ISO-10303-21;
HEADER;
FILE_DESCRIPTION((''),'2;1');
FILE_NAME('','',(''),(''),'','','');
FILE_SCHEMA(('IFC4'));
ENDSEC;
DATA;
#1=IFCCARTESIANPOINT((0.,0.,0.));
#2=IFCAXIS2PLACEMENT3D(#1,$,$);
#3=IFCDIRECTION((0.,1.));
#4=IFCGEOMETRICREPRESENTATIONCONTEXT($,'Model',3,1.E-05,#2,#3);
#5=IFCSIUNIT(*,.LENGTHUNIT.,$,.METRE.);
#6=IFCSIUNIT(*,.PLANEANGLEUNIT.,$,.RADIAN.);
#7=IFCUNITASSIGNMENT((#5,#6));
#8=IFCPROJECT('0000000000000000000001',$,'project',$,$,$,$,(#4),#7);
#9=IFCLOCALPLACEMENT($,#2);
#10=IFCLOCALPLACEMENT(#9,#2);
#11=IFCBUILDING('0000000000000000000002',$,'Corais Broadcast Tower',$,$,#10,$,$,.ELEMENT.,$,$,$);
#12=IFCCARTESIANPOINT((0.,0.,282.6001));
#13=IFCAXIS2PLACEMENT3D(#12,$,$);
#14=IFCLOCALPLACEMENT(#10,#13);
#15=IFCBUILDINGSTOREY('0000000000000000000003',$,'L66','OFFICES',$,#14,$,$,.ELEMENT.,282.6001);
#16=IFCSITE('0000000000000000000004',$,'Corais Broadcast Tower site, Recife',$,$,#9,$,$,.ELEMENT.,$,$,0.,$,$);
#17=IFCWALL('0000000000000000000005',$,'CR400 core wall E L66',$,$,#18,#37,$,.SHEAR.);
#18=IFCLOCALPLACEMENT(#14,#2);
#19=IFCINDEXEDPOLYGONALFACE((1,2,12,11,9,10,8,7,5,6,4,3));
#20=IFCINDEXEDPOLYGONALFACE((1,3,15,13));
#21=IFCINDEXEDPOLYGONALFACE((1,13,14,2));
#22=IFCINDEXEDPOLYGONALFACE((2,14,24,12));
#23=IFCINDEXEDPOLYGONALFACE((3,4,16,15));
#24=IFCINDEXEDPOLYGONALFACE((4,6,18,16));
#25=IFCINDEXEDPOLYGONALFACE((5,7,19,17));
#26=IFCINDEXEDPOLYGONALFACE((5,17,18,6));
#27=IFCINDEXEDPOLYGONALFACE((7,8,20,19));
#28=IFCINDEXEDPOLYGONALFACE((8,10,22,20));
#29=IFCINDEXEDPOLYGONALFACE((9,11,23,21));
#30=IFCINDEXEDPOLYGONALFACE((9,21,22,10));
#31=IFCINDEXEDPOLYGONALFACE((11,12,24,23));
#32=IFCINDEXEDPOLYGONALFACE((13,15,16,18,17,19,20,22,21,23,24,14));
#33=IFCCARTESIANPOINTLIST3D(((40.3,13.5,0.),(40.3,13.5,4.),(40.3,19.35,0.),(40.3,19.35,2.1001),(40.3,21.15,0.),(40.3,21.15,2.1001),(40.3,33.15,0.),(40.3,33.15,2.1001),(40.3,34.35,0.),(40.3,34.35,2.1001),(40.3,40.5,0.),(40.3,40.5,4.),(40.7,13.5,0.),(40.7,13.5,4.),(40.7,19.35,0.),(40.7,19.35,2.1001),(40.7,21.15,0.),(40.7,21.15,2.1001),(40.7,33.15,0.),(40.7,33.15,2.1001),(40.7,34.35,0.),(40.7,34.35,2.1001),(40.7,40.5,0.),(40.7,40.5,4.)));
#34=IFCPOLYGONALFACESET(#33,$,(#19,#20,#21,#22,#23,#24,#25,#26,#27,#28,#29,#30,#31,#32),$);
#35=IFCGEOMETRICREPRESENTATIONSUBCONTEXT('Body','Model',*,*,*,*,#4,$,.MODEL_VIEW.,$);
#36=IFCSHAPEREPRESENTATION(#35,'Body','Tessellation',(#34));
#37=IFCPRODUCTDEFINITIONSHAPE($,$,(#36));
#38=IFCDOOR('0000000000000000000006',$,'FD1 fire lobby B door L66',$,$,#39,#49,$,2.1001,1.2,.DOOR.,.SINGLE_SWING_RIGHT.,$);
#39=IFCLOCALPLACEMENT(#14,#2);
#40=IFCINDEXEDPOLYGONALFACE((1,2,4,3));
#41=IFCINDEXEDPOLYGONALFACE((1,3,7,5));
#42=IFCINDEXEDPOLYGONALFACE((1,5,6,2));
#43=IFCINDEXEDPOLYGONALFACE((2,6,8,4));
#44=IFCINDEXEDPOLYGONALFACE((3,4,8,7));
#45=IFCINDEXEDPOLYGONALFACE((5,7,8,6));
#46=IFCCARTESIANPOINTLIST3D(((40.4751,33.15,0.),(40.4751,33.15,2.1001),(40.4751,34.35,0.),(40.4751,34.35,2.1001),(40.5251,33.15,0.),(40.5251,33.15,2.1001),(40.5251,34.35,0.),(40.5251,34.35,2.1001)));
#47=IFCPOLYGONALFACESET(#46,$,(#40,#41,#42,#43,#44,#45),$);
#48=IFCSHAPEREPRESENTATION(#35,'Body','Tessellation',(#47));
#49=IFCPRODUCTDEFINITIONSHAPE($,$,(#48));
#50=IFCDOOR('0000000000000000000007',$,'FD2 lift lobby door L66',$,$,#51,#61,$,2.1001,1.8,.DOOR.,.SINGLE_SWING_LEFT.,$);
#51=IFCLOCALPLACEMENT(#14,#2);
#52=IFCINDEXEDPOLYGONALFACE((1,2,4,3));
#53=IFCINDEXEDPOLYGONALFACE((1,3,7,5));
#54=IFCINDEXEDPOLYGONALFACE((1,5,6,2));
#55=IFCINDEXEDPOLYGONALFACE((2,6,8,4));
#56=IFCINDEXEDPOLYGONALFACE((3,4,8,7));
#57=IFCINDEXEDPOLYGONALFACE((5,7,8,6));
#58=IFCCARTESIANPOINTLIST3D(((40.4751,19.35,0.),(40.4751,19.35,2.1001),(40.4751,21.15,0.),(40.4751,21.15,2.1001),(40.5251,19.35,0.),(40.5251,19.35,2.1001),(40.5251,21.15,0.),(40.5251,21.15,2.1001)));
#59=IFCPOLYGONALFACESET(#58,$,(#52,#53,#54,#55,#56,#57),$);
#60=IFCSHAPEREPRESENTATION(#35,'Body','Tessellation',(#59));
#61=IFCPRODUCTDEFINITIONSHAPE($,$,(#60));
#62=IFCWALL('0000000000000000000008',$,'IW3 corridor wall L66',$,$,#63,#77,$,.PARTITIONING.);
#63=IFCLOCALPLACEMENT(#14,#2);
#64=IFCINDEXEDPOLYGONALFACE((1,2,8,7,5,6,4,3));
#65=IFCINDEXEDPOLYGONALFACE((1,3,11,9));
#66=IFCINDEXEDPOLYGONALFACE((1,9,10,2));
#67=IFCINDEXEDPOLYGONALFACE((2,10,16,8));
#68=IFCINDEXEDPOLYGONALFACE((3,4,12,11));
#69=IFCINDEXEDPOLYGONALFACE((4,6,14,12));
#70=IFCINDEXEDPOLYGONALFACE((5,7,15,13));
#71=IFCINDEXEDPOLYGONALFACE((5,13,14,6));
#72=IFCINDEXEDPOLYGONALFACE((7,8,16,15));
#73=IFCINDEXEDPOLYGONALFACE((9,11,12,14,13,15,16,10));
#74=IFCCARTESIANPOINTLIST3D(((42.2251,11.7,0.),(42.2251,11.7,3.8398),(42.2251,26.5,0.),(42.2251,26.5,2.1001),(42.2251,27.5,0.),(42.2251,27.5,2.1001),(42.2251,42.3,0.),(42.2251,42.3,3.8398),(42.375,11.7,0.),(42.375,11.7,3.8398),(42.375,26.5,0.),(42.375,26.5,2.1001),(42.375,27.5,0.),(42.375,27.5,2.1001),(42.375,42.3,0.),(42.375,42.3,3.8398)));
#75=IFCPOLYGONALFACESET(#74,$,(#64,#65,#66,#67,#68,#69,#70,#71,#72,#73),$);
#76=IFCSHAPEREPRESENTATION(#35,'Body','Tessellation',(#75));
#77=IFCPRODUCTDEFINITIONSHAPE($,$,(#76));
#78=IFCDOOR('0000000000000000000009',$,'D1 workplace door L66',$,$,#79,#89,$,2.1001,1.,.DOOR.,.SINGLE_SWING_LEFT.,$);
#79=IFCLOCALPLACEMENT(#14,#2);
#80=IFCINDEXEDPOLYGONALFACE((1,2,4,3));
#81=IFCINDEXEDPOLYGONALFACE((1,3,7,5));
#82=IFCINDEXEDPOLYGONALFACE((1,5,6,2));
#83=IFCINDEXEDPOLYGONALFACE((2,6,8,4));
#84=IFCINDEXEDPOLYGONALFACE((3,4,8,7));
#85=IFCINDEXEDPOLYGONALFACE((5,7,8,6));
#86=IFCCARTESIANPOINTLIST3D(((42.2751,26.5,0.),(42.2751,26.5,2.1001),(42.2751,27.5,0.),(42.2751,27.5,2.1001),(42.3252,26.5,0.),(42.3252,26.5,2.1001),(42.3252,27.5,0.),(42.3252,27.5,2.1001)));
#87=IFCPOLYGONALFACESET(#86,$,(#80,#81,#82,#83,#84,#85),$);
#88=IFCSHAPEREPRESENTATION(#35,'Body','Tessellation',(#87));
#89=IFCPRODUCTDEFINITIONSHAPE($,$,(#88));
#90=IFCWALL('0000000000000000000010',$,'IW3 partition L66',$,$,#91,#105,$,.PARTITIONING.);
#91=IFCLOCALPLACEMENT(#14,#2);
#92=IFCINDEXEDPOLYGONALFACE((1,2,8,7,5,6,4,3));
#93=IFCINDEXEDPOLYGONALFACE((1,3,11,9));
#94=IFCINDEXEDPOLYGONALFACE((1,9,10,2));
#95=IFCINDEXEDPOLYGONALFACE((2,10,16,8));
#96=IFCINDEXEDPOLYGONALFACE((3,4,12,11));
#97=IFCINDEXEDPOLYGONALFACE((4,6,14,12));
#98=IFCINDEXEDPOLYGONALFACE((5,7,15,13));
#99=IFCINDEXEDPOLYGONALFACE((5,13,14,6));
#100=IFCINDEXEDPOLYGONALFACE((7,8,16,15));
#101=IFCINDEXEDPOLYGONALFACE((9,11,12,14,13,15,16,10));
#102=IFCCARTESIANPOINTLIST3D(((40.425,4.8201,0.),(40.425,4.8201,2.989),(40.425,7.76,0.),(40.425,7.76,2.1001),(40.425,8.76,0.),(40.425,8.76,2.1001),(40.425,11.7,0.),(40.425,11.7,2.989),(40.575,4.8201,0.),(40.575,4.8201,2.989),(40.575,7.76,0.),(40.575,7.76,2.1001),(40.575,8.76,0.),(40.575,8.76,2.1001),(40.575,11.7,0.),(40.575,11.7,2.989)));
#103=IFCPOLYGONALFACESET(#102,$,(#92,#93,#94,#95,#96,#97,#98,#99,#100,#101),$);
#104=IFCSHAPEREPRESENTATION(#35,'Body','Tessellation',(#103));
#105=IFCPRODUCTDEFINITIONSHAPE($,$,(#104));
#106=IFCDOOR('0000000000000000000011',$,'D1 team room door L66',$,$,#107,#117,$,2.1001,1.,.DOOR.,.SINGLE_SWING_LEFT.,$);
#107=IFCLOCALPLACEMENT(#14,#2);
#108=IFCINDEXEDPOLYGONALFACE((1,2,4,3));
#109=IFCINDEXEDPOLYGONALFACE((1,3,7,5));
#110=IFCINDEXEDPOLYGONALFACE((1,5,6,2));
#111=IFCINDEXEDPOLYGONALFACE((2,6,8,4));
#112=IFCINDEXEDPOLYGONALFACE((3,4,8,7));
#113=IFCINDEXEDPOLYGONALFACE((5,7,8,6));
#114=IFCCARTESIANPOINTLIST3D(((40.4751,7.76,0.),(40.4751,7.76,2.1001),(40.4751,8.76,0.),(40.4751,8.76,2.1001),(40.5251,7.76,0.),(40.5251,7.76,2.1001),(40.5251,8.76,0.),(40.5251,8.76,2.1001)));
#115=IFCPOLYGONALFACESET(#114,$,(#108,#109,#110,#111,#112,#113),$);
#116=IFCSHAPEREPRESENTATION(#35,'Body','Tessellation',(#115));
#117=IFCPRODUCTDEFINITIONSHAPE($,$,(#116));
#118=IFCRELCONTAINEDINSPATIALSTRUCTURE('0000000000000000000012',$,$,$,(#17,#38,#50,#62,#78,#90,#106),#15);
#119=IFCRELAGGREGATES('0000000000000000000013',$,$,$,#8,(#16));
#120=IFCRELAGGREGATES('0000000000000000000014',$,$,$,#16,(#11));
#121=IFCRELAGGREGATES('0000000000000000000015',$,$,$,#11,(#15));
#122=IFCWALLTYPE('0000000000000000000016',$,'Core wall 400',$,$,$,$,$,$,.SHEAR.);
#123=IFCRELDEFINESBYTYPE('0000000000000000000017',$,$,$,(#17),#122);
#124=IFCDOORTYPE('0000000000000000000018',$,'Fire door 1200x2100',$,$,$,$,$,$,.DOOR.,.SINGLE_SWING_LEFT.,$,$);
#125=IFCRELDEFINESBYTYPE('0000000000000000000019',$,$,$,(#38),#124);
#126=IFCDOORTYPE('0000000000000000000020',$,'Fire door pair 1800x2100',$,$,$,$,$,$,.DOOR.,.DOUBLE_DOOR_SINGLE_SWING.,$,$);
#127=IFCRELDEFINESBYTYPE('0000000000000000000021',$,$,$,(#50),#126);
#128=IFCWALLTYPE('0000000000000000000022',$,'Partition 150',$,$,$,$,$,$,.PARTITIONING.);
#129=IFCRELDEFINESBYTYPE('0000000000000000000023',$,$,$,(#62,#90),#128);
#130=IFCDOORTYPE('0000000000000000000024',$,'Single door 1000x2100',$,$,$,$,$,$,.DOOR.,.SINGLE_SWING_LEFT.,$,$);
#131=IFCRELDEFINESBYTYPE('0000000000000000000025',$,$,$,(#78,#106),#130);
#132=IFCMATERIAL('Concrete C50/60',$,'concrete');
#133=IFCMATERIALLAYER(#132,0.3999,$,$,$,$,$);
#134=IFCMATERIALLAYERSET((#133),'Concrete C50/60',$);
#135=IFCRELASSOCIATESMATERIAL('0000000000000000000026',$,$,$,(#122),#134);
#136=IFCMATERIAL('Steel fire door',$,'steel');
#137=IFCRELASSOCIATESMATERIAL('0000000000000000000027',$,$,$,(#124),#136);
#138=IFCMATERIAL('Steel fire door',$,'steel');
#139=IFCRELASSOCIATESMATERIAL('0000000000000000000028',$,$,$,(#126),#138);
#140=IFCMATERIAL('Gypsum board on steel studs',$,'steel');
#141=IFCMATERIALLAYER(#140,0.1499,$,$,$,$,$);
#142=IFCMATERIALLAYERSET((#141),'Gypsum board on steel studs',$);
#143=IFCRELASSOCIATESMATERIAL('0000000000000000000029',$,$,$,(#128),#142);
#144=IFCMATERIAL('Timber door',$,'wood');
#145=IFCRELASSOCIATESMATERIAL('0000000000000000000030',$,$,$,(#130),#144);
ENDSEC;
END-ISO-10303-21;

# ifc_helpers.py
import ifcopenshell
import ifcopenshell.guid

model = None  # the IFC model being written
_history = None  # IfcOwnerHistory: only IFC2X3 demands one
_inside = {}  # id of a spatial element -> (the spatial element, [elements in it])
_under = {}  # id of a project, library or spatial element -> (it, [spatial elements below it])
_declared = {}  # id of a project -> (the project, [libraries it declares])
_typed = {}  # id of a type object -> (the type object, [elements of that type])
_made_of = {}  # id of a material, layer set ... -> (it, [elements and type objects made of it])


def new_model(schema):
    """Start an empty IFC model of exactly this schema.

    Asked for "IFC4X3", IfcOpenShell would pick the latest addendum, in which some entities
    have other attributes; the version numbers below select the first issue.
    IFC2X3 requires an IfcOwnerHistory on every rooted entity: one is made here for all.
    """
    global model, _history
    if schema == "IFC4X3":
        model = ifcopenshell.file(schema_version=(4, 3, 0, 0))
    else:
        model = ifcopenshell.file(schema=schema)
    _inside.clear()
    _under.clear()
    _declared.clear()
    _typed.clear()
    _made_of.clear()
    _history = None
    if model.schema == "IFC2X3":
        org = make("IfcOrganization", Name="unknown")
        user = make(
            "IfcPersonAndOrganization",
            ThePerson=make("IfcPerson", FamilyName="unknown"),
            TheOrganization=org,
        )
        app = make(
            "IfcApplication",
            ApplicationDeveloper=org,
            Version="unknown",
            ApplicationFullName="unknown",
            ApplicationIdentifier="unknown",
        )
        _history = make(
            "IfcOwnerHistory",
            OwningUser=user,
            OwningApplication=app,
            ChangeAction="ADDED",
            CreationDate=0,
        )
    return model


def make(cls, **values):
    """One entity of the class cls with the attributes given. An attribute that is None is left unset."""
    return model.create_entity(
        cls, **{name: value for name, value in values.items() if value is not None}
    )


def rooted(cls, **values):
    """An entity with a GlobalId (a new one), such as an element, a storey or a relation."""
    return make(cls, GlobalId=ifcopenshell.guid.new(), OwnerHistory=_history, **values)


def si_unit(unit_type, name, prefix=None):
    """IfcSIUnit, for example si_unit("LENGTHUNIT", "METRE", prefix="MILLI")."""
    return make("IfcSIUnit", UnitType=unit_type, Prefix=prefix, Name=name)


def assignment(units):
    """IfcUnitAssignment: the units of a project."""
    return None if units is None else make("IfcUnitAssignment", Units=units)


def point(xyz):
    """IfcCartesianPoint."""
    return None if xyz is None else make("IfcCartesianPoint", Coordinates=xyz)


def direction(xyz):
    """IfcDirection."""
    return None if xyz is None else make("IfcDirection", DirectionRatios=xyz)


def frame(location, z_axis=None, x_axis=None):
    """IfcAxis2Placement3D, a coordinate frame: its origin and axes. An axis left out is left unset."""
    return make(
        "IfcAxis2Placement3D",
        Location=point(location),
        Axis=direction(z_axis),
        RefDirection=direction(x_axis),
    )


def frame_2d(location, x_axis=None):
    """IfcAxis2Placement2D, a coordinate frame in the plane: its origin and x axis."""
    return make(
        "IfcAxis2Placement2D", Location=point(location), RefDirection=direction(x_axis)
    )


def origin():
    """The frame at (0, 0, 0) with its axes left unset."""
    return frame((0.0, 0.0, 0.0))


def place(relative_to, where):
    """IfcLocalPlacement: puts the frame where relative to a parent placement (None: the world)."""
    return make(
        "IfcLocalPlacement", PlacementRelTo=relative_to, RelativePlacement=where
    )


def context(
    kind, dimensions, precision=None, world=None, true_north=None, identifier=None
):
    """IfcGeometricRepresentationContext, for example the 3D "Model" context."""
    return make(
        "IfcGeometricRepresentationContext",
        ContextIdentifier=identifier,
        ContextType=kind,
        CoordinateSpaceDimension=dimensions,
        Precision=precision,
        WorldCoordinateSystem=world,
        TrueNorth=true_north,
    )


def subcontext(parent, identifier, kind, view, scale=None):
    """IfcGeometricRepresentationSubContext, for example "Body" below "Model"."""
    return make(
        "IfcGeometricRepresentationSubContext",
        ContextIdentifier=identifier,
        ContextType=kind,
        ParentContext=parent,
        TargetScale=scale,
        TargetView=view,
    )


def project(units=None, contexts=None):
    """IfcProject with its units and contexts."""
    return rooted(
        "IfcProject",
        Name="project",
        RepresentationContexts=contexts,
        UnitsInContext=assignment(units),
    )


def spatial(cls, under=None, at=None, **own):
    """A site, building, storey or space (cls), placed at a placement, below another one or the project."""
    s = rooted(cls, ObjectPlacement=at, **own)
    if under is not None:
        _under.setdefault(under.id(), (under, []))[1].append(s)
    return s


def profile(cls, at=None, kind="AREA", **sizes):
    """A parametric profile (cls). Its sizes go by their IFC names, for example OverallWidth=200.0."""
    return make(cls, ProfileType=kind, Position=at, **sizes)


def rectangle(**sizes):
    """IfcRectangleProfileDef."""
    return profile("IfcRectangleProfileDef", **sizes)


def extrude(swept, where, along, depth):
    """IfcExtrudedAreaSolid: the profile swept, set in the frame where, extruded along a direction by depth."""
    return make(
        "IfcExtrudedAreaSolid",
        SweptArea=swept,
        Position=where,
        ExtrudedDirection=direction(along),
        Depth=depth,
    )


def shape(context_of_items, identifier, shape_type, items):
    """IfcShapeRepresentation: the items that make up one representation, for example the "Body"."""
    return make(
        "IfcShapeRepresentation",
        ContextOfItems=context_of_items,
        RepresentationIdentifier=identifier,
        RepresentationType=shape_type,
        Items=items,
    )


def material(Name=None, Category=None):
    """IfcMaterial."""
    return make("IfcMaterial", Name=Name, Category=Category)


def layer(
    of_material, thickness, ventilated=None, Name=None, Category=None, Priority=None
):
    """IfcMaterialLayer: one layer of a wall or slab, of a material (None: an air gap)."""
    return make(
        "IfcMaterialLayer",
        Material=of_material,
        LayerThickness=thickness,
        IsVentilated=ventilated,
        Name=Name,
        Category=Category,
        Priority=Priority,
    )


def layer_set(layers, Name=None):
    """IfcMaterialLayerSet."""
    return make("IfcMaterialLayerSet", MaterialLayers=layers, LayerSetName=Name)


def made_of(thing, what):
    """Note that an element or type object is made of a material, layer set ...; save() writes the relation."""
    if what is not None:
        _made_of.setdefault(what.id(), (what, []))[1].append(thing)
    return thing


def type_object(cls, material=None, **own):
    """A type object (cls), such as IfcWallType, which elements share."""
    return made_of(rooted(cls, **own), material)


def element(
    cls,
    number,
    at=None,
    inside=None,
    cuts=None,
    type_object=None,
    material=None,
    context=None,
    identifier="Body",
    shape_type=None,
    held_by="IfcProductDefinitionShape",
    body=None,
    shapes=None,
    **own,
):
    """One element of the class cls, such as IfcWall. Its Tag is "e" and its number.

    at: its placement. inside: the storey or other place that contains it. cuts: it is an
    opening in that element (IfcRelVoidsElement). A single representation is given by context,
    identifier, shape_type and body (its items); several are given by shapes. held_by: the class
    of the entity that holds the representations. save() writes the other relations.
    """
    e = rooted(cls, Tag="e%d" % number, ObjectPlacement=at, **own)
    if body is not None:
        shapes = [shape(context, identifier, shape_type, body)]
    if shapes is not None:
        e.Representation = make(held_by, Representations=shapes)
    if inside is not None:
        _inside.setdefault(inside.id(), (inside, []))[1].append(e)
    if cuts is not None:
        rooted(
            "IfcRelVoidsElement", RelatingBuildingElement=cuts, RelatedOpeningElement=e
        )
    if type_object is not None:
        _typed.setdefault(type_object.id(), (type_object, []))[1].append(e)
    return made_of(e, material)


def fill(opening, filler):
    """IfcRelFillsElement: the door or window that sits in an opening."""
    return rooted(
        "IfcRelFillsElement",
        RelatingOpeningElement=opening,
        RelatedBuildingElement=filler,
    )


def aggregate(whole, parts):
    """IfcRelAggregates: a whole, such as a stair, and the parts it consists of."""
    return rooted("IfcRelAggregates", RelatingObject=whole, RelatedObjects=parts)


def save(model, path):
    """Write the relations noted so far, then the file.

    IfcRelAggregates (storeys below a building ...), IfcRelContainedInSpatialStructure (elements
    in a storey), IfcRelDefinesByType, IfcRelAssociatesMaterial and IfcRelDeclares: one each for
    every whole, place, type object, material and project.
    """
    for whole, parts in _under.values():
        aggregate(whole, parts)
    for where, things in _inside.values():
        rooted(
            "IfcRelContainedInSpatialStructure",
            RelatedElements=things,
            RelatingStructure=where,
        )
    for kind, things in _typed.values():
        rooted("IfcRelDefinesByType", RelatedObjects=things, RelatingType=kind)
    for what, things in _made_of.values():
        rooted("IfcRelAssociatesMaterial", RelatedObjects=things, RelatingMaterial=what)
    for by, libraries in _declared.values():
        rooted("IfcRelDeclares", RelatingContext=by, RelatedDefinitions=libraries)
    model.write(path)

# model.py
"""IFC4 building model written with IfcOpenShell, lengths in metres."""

from ifc_helpers import new_model, si_unit, direction, frame, frame_2d, origin, place, context, subcontext, project, spatial, rectangle, extrude, material, layer, layer_set, type_object, element, fill, save


model = new_model("IFC4")

# Units and contexts
model_context = context("Model", 3, precision=1e-05, world=origin(), true_north=direction((0.0, 1.0)))
body_context = subcontext(model_context, "Body", "Model", "MODEL_VIEW")
ifc_project = project(units=[si_unit("LENGTHUNIT", "METRE"), si_unit("PLANEANGLEUNIT", "RADIAN")], contexts=[model_context])

# Site, building, storey
site_placement = place(None, origin())
site = spatial("IfcSite", under=ifc_project, at=site_placement, Name="Corais Broadcast Tower site, Recife", CompositionType="ELEMENT", RefElevation=0.0)
building_placement = place(site_placement, origin())
building = spatial("IfcBuilding", under=site, at=building_placement, Name="Corais Broadcast Tower", CompositionType="ELEMENT")
storey_placement = place(building_placement, frame((0.0, 0.0, 282.6001)))
storey = spatial("IfcBuildingStorey", under=building, at=storey_placement, Name="L66", Description="OFFICES", CompositionType="ELEMENT", Elevation=282.6001)

# Wall, openings, doors
ifc_material_1 = material(Name="Concrete C50/60", Category="concrete")
ifc_layer_1 = layer(ifc_material_1, 0.3999)
ifc_layer_set_1 = layer_set([ifc_layer_1], Name="Concrete C50/60")
wall_type_1 = type_object("IfcWallType", Name="Core wall 400", PredefinedType="SHEAR", material=ifc_layer_set_1)
wall_1_placement = place(storey_placement, frame((40.5, 13.5, 0.0), z_axis=(0.0, 0.0, 1.0), x_axis=(0.0, 1.0, 0.0)))
wall_1 = element("IfcWall", 1, at=wall_1_placement, inside=storey, type_object=wall_type_1, Name="CR400 core wall E L66", PredefinedType="SHEAR", context=body_context, shape_type="SweptSolid", body=[
    extrude(rectangle(XDim=27.0, YDim=0.3999, at=frame_2d((13.5, 0.0))), origin(), (0.0, 0.0, 1.0), 4.0),
])
opening_1_placement = place(wall_1_placement, frame((5.8501, 0.0, 0.0)))
opening_1 = element("IfcOpeningElement", 2, at=opening_1_placement, cuts=wall_1, PredefinedType="OPENING", context=body_context, shape_type="SweptSolid", body=[
    extrude(rectangle(XDim=1.8, YDim=2.1001, at=frame_2d((0.8999, 1.05))), frame((0.0, 0.21, 0.0), z_axis=(0.0, -1.0, 0.0), x_axis=(1.0, 0.0, 0.0)), (0.0, 0.0, 1.0), 0.4199),
])
opening_2_placement = place(wall_1_placement, frame((19.6499, 0.0, 0.0)))
opening_2 = element("IfcOpeningElement", 3, at=opening_2_placement, cuts=wall_1, PredefinedType="OPENING", context=body_context, shape_type="SweptSolid", body=[
    extrude(rectangle(XDim=1.2, YDim=2.1001, at=frame_2d((0.6001, 1.05))), frame((0.0, 0.21, 0.0), z_axis=(0.0, -1.0, 0.0), x_axis=(1.0, 0.0, 0.0)), (0.0, 0.0, 1.0), 0.4199),
])
ifc_material_2 = material(Name="Steel fire door", Category="steel")
door_type_1 = type_object("IfcDoorType", Name="Fire door 1200x2100", OperationType="SINGLE_SWING_LEFT", PredefinedType="DOOR", material=ifc_material_2)
door_1_placement = place(opening_2_placement, origin())
door_1 = element("IfcDoor", 4, at=door_1_placement, inside=storey, type_object=door_type_1, Name="FD1 fire lobby B door L66", OperationType="SINGLE_SWING_RIGHT", OverallHeight=2.1001, OverallWidth=1.2, PredefinedType="DOOR", context=body_context, shape_type="SweptSolid", body=[
    extrude(rectangle(XDim=1.2, YDim=2.1001, at=frame_2d((0.6001, 1.05))), frame((0.0, 0.0249, 0.0), z_axis=(0.0, -1.0, 0.0), x_axis=(1.0, 0.0, 0.0)), (0.0, 0.0, 1.0), 0.05),
])
fill(opening_2, door_1)
ifc_material_3 = material(Name="Steel fire door", Category="steel")
door_type_2 = type_object("IfcDoorType", Name="Fire door pair 1800x2100", OperationType="DOUBLE_DOOR_SINGLE_SWING", PredefinedType="DOOR", material=ifc_material_3)
door_2_placement = place(opening_1_placement, origin())
door_2 = element("IfcDoor", 5, at=door_2_placement, inside=storey, type_object=door_type_2, Name="FD2 lift lobby door L66", OperationType="SINGLE_SWING_LEFT", OverallHeight=2.1001, OverallWidth=1.8, PredefinedType="DOOR", context=body_context, shape_type="SweptSolid", body=[
    extrude(rectangle(XDim=1.8, YDim=2.1001, at=frame_2d((0.8999, 1.05))), frame((0.0, 0.0249, 0.0), z_axis=(0.0, -1.0, 0.0), x_axis=(1.0, 0.0, 0.0)), (0.0, 0.0, 1.0), 0.05),
])
fill(opening_1, door_2)

# Walls, openings, doors
ifc_material_4 = material(Name="Gypsum board on steel studs", Category="steel")
ifc_layer_2 = layer(ifc_material_4, 0.1499)
ifc_layer_set_2 = layer_set([ifc_layer_2], Name="Gypsum board on steel studs")
wall_type_2 = type_object("IfcWallType", Name="Partition 150", PredefinedType="PARTITIONING", material=ifc_layer_set_2)
wall_2_placement = place(storey_placement, frame((42.3, 11.7, 0.0), z_axis=(0.0, 0.0, 1.0), x_axis=(0.0, 1.0, 0.0)))
wall_2 = element("IfcWall", 6, at=wall_2_placement, inside=storey, type_object=wall_type_2, Name="IW3 corridor wall L66", PredefinedType="PARTITIONING", context=body_context, shape_type="SweptSolid", body=[
    extrude(rectangle(XDim=30.6001, YDim=0.1499, at=frame_2d((15.3, 0.0))), origin(), (0.0, 0.0, 1.0), 3.8398),
])
opening_3_placement = place(wall_2_placement, frame((14.8, 0.0, 0.0)))
opening_3 = element("IfcOpeningElement", 7, at=opening_3_placement, cuts=wall_2, PredefinedType="OPENING", context=body_context, shape_type="SweptSolid", body=[
    extrude(rectangle(XDim=1.0, YDim=2.1001, at=frame_2d((0.5, 1.05))), frame((0.0, 0.085, 0.0), z_axis=(0.0, -1.0, 0.0), x_axis=(1.0, 0.0, 0.0)), (0.0, 0.0, 1.0), 0.1699),
])
ifc_material_5 = material(Name="Timber door", Category="wood")
door_type_3 = type_object("IfcDoorType", Name="Single door 1000x2100", OperationType="SINGLE_SWING_LEFT", PredefinedType="DOOR", material=ifc_material_5)
door_3_placement = place(opening_3_placement, origin())
door_3 = element("IfcDoor", 8, at=door_3_placement, inside=storey, type_object=door_type_3, Name="D1 workplace door L66", OperationType="SINGLE_SWING_LEFT", OverallHeight=2.1001, OverallWidth=1.0, PredefinedType="DOOR", context=body_context, shape_type="SweptSolid", body=[
    extrude(rectangle(XDim=1.0, YDim=2.1001, at=frame_2d((0.5, 1.05))), frame((0.0, 0.0249, 0.0), z_axis=(0.0, -1.0, 0.0), x_axis=(1.0, 0.0, 0.0)), (0.0, 0.0, 1.0), 0.05),
])
fill(opening_3, door_3)
wall_3_placement = place(storey_placement, frame((40.5, 4.8201, 0.0), z_axis=(0.0, 0.0, 1.0), x_axis=(0.0, 1.0, 0.0)))
wall_3 = element("IfcWall", 9, at=wall_3_placement, inside=storey, type_object=wall_type_2, Name="IW3 partition L66", PredefinedType="PARTITIONING", context=body_context, shape_type="SweptSolid", body=[
    extrude(rectangle(XDim=6.8799, YDim=0.1499, at=frame_2d((3.4399, 0.0))), origin(), (0.0, 0.0, 1.0), 2.989),
])
opening_4_placement = place(wall_3_placement, frame((2.9399, 0.0, 0.0)))
opening_4 = element("IfcOpeningElement", 10, at=opening_4_placement, cuts=wall_3, PredefinedType="OPENING", context=body_context, shape_type="SweptSolid", body=[
    extrude(rectangle(XDim=1.0, YDim=2.1001, at=frame_2d((0.5, 1.05))), frame((0.0, 0.085, 0.0), z_axis=(0.0, -1.0, 0.0), x_axis=(1.0, 0.0, 0.0)), (0.0, 0.0, 1.0), 0.1699),
])
door_4_placement = place(opening_4_placement, origin())
door_4 = element("IfcDoor", 11, at=door_4_placement, inside=storey, type_object=door_type_3, Name="D1 team room door L66", OperationType="SINGLE_SWING_LEFT", OverallHeight=2.1001, OverallWidth=1.0, PredefinedType="DOOR", context=body_context, shape_type="SweptSolid", body=[
    extrude(rectangle(XDim=1.0, YDim=2.1001, at=frame_2d((0.5, 1.05))), frame((0.0, 0.0249, 0.0), z_axis=(0.0, -1.0, 0.0), x_axis=(1.0, 0.0, 0.0)), (0.0, 0.0, 1.0), 0.05),
])
fill(opening_4, door_4)

save(model, "model.ifc")
